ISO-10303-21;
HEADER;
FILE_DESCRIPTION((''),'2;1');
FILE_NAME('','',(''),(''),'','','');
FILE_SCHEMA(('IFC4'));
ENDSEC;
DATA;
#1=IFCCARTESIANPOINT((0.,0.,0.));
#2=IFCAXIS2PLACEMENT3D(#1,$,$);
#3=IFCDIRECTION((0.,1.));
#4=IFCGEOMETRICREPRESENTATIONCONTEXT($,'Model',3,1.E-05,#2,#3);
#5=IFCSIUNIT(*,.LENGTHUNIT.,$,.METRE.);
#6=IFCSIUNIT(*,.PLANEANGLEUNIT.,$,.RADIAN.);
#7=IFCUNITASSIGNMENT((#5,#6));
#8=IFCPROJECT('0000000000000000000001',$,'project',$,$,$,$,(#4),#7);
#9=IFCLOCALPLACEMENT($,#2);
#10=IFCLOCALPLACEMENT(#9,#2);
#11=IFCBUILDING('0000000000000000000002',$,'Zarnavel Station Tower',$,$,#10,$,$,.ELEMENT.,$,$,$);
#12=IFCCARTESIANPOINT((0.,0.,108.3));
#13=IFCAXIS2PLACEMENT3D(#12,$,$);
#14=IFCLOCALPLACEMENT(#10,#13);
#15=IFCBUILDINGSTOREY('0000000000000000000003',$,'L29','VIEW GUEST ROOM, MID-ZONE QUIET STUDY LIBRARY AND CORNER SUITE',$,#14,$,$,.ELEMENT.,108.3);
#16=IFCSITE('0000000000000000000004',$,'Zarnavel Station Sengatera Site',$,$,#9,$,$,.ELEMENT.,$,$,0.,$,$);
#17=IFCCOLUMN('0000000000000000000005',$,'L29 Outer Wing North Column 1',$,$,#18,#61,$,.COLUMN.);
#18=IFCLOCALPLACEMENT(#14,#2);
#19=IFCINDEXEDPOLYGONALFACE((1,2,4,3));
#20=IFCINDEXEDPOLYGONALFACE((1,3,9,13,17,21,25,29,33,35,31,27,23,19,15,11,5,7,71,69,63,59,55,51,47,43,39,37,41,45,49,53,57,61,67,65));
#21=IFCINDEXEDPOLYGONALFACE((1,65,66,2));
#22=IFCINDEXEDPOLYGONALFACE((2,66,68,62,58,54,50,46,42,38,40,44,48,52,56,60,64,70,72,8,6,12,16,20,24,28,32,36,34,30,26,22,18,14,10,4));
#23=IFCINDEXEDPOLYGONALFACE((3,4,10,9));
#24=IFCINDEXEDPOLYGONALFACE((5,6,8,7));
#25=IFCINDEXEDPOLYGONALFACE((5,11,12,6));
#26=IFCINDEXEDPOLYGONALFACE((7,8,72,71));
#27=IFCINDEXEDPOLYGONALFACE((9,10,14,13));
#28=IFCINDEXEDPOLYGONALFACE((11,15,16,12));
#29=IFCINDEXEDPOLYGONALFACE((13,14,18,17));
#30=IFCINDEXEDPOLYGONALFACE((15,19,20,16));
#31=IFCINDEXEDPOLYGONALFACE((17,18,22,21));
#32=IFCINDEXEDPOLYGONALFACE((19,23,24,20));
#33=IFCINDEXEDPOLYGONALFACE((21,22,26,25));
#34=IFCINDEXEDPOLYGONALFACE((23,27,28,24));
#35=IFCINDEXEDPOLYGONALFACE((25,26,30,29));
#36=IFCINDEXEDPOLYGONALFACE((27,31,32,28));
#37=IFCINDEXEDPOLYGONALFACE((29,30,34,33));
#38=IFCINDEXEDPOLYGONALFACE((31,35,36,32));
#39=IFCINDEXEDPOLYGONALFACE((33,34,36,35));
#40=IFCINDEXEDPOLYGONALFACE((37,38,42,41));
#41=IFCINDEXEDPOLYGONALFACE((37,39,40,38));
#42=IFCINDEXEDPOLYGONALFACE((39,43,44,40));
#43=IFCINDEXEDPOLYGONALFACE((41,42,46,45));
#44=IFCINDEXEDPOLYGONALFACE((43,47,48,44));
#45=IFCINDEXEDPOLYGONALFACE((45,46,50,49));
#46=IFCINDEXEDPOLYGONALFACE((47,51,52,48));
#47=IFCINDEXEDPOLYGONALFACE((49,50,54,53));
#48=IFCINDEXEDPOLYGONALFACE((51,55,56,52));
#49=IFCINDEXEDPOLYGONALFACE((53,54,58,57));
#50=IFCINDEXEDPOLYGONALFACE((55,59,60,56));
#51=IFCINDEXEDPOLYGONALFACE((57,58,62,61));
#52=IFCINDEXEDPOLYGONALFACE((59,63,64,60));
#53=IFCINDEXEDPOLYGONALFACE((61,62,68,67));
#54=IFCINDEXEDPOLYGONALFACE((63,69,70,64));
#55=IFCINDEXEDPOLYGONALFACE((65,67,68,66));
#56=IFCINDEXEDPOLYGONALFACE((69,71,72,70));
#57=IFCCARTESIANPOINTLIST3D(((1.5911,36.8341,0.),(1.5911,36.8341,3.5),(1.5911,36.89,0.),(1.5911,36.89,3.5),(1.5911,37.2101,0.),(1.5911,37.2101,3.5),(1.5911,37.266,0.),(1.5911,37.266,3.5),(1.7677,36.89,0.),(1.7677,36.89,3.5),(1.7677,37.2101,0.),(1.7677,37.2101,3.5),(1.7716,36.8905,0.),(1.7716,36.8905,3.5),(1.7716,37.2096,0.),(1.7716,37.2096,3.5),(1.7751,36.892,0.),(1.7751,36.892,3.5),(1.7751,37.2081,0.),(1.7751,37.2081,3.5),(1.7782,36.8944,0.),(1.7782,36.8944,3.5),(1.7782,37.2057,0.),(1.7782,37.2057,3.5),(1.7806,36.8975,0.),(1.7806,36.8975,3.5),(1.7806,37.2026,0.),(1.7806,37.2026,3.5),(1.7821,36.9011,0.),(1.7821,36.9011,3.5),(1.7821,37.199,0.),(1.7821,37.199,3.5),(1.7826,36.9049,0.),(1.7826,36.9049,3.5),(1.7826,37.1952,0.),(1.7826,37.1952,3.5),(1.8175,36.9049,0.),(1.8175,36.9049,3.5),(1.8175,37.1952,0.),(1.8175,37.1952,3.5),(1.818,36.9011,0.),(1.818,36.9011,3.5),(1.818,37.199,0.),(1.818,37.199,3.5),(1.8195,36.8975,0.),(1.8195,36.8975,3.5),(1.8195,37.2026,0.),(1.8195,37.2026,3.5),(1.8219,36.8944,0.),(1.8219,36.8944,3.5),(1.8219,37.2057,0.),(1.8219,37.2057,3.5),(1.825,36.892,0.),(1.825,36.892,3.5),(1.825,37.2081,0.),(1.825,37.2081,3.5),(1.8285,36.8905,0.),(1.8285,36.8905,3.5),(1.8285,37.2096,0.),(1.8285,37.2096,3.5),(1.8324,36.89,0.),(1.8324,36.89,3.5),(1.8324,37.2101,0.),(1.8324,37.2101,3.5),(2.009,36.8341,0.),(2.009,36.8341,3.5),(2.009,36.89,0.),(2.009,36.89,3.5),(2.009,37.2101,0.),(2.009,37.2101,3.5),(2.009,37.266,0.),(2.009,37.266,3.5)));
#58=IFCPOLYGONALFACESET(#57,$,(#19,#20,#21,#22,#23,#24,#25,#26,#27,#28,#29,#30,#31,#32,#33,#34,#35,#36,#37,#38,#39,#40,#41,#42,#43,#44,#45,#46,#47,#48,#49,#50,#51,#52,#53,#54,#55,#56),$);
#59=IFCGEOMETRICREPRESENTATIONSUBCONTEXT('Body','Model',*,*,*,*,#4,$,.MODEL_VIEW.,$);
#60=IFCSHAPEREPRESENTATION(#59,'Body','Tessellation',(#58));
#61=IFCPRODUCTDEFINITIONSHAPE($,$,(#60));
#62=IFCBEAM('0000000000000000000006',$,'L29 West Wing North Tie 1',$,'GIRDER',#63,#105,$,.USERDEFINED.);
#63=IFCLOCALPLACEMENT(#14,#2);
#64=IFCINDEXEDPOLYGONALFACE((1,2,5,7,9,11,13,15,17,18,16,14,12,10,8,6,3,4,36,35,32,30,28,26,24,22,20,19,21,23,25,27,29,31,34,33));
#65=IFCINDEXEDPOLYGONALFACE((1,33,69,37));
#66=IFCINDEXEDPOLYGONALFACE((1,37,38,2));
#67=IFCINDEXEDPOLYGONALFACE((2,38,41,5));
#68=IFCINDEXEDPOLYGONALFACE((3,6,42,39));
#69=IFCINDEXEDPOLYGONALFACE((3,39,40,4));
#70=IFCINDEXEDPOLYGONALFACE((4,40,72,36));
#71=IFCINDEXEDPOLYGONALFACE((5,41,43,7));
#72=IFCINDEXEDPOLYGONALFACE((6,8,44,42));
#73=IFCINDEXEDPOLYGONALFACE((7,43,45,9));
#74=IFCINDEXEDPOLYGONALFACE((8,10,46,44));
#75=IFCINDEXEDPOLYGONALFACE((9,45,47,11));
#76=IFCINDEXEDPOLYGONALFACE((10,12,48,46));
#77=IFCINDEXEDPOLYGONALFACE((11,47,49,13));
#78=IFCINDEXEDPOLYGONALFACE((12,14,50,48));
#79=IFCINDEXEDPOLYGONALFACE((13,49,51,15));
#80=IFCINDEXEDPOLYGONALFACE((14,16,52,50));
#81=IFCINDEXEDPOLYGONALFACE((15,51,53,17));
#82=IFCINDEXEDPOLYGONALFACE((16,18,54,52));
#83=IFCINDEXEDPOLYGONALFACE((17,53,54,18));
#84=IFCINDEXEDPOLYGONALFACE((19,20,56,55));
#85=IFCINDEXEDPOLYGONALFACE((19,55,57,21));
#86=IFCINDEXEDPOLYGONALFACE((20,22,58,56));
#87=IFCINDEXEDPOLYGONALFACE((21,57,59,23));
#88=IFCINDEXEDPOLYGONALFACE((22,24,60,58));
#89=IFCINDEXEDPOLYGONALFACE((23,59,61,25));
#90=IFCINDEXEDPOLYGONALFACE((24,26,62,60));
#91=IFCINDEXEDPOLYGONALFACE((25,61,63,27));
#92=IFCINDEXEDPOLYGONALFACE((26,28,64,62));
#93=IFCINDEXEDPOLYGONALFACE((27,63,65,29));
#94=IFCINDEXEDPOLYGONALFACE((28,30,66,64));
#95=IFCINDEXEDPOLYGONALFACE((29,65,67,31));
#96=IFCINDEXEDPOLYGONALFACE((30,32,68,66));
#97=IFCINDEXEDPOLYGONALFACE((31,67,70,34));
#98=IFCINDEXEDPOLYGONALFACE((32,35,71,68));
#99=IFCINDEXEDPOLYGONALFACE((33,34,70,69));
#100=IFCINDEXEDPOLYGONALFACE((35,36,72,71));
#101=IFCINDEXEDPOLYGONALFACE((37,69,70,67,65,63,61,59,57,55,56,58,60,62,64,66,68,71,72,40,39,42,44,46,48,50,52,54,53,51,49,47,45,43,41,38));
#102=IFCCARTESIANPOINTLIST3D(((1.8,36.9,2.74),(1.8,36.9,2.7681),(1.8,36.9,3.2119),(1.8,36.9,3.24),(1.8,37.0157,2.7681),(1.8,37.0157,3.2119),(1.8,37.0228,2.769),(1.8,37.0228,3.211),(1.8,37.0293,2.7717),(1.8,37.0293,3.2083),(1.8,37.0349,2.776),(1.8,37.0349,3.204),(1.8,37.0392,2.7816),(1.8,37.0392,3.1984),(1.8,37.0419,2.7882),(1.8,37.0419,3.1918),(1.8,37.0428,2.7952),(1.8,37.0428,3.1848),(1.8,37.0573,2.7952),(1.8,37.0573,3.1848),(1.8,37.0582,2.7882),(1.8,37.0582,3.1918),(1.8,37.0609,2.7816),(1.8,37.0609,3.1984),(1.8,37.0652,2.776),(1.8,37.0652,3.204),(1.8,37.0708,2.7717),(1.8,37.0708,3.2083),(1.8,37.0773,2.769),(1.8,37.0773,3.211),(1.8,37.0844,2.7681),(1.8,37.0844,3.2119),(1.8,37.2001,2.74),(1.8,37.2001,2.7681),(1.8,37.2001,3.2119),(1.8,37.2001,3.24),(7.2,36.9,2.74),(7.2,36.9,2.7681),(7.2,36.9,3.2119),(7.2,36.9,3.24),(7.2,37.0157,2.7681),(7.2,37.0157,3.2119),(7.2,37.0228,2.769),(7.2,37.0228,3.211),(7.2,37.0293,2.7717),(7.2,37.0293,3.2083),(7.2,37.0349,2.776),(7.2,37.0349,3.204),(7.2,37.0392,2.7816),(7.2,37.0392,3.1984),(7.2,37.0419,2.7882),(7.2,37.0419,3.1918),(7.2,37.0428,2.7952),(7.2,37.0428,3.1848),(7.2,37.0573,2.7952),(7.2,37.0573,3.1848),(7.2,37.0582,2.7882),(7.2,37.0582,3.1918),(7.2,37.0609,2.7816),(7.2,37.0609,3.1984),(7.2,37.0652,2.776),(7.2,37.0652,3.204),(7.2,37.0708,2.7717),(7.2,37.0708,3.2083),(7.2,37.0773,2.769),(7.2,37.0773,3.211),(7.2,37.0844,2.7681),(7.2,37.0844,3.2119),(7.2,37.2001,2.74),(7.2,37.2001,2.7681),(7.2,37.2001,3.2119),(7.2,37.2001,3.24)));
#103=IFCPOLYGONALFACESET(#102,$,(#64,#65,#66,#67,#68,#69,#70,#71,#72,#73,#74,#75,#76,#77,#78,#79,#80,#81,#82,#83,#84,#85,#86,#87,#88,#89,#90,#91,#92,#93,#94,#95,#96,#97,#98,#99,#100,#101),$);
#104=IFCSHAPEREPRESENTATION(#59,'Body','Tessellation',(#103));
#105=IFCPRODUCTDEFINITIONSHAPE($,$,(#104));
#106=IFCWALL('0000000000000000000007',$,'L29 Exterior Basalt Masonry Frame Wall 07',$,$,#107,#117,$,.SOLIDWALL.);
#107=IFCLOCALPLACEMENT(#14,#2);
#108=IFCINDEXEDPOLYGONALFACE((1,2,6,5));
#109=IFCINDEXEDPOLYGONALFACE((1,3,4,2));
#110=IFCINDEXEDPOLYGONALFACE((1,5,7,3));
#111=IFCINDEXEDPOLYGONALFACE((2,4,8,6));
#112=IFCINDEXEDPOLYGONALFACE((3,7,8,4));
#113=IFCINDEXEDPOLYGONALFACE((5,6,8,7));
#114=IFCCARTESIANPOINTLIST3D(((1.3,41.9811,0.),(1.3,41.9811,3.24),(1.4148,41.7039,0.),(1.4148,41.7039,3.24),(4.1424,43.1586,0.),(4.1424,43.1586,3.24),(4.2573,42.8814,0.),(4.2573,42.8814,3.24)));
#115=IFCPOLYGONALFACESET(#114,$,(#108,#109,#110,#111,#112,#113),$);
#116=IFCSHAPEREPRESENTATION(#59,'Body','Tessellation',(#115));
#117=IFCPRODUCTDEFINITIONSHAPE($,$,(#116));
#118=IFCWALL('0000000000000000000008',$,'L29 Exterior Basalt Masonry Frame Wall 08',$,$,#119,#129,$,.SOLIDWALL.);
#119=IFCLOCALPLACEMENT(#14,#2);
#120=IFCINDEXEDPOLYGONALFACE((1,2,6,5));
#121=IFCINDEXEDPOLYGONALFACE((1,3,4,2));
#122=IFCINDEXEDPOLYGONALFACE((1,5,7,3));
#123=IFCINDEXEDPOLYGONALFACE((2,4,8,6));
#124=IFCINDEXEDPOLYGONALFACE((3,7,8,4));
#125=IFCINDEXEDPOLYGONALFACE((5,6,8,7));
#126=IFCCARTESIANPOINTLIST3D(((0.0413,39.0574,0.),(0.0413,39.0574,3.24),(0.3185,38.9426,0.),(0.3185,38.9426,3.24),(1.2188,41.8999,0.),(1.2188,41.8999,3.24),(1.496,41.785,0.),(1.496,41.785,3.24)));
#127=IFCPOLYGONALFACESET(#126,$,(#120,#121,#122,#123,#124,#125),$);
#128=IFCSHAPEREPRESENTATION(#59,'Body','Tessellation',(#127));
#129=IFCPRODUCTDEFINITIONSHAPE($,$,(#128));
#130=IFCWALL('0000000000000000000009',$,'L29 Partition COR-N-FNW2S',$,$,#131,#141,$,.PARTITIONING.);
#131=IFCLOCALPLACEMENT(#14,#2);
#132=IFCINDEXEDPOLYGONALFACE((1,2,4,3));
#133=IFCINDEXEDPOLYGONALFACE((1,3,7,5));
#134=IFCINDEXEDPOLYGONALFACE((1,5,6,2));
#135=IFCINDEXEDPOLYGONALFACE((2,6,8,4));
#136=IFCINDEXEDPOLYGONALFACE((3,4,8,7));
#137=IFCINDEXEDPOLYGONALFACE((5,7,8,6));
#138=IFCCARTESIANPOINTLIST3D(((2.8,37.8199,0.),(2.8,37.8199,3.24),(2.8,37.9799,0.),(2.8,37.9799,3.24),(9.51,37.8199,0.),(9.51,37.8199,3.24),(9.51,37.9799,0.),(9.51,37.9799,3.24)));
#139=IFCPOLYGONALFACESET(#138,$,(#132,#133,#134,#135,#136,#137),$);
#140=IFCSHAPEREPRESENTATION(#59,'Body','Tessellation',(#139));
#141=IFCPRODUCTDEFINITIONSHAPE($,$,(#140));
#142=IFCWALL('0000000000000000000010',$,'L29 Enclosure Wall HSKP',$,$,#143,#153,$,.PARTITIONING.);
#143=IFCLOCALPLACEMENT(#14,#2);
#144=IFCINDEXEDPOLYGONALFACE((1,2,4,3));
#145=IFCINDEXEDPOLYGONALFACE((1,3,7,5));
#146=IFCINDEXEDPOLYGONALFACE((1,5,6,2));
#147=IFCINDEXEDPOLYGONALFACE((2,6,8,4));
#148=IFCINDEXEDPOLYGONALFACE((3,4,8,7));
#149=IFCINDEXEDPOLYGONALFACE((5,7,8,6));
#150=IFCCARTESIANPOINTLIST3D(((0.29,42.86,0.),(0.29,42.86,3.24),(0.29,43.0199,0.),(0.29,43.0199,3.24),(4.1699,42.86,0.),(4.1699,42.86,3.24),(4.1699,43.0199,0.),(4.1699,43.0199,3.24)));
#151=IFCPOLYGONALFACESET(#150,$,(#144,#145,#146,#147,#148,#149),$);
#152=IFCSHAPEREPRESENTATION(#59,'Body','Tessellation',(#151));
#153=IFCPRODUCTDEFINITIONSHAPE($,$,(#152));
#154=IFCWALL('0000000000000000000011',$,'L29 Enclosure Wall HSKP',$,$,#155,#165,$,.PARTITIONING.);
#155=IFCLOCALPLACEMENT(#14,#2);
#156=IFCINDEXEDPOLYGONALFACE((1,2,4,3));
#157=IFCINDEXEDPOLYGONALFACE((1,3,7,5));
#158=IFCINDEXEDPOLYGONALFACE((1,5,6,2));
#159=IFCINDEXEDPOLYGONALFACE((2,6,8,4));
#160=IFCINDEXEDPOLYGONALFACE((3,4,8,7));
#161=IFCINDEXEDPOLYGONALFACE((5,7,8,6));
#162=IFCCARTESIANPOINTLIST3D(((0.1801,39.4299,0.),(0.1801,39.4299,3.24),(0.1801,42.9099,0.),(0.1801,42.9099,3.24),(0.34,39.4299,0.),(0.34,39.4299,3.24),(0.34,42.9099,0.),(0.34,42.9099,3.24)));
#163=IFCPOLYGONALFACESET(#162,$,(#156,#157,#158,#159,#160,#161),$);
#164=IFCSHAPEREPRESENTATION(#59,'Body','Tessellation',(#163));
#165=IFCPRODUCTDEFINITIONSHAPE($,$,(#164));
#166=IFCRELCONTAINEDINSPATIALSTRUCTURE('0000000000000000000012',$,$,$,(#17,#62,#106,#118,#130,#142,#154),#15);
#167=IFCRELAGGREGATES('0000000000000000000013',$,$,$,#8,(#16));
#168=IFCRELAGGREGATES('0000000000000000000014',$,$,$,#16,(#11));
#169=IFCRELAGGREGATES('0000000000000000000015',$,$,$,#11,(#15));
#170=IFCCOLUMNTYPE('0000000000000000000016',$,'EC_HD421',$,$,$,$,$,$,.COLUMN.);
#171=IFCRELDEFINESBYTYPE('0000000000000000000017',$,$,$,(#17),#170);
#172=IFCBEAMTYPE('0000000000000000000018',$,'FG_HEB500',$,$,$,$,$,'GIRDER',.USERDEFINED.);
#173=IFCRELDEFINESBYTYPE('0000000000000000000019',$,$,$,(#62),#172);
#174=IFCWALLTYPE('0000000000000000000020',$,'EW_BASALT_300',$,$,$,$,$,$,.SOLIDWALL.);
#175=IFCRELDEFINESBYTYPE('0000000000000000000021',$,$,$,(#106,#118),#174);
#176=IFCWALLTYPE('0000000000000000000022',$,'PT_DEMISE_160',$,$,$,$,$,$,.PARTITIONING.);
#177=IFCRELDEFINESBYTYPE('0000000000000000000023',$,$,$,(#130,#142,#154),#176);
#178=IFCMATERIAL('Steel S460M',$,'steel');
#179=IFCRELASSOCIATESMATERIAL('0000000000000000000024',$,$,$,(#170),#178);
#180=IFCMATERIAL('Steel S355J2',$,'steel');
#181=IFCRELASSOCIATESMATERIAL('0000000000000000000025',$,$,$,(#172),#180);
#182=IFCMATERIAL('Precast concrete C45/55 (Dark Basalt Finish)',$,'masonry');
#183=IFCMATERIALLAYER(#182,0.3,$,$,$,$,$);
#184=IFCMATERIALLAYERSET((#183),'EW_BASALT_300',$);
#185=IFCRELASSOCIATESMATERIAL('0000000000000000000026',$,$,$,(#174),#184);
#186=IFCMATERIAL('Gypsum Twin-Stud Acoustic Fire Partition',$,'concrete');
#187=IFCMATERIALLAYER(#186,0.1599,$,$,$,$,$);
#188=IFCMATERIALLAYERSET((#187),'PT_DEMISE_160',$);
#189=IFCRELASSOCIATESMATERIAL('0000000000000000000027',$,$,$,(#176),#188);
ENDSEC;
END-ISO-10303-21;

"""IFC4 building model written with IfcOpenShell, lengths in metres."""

from ifc_helpers import new_model, si_unit, direction, frame, frame_2d, origin, origin_2d, place, context, subcontext, project, spatial, rectangle, i_section, extrude, material, layer, layer_set, material_profile, profile_set, type_object, element, save


model = new_model("IFC4")

# Units and contexts
model_context = context("Model", 3, precision=1e-05, world=origin(), true_north=direction((0.0, 1.0)))
body_context = subcontext(model_context, "Body", "Model", "MODEL_VIEW")
ifc_project = project(units=[si_unit("LENGTHUNIT", "METRE"), si_unit("PLANEANGLEUNIT", "RADIAN")], contexts=[model_context])

# Site, building, storey
site_placement = place(None, origin())
site = spatial("IfcSite", under=ifc_project, at=site_placement, Name="Zarnavel Station Sengatera Site", CompositionType="ELEMENT", RefElevation=0.0)
building_placement = place(site_placement, origin())
building = spatial("IfcBuilding", under=site, at=building_placement, Name="Zarnavel Station Tower", CompositionType="ELEMENT")
storey_placement = place(building_placement, frame((0.0, 0.0, 108.3)))
storey = spatial("IfcBuildingStorey", under=building, at=storey_placement, Name="L29", Description="VIEW GUEST ROOM, MID-ZONE QUIET STUDY LIBRARY AND CORNER SUITE", CompositionType="ELEMENT", Elevation=108.3)

# Column
ifc_material_1 = material(Name="Steel S460M", Category="steel")
ifc_material_profile_1 = material_profile(ifc_material_1, i_section(OverallWidth=0.418, OverallDepth=0.4319, WebThickness=0.0349, FlangeThickness=0.0559, FilletRadius=0.0149, at=origin_2d()), Name="HD400x421")
ifc_profile_set_1 = profile_set([ifc_material_profile_1], Name="Steel S460M")
column_type = type_object("IfcColumnType", Name="EC_HD421", PredefinedType="COLUMN", material=ifc_profile_set_1)
column_placement = place(storey_placement, frame((1.8, 37.05, 0.0), z_axis=(0.0, 0.0, 1.0), x_axis=(1.0, 0.0, 0.0)))
element("IfcColumn", 1, at=column_placement, inside=storey, type_object=column_type, Name="L29 Outer Wing North Column 1", PredefinedType="COLUMN", context=body_context, shape_type="SweptSolid", body=[
    extrude(i_section(OverallWidth=0.418, OverallDepth=0.4319, WebThickness=0.0349, FlangeThickness=0.0559, FilletRadius=0.0149, at=origin_2d()), origin(), (0.0, 0.0, 1.0), 3.5),
])

# Beam
ifc_material_2 = material(Name="Steel S355J2", Category="steel")
ifc_material_profile_2 = material_profile(ifc_material_2, i_section(OverallWidth=0.3, OverallDepth=0.5, WebThickness=0.0144, FlangeThickness=0.0281, FilletRadius=0.0271, at=origin_2d()), Name="HEB500")
ifc_profile_set_2 = profile_set([ifc_material_profile_2], Name="Steel S355J2")
beam_type = type_object("IfcBeamType", Name="FG_HEB500", ElementType="GIRDER", PredefinedType="USERDEFINED", material=ifc_profile_set_2)
beam_placement = place(storey_placement, frame((1.8, 37.05, 2.99), z_axis=(1.0, 0.0, 0.0), x_axis=(0.0, 1.0, 0.0)))
element("IfcBeam", 2, at=beam_placement, inside=storey, type_object=beam_type, Name="L29 West Wing North Tie 1", ObjectType="GIRDER", PredefinedType="USERDEFINED", context=body_context, shape_type="SweptSolid", body=[
    extrude(i_section(OverallWidth=0.3, OverallDepth=0.5, WebThickness=0.0144, FlangeThickness=0.0281, FilletRadius=0.0271, at=origin_2d()), origin(), (0.0, 0.0, 1.0), 5.3999),
])

# Walls
ifc_material_3 = material(Name="Precast concrete C45/55 (Dark Basalt Finish)", Category="masonry")
ifc_layer_1 = layer(ifc_material_3, 0.3)
ifc_layer_set_1 = layer_set([ifc_layer_1], Name="EW_BASALT_300")
wall_type_1 = type_object("IfcWallType", Name="EW_BASALT_300", PredefinedType="SOLIDWALL", material=ifc_layer_set_1)
for number, where, z_axis, x_axis, name in (
    (3, (1.3574, 41.8425, 0.0), (0.0, 0.0, 1.0), (0.923871, 0.382705, 0.0), "L29 Exterior Basalt Masonry Frame Wall 07"),
    (4, (0.1799, 39.0, 0.0), (0.0, 0.0, 1.0), (0.382705, 0.923871, 0.0), "L29 Exterior Basalt Masonry Frame Wall 08"),
):
    element("IfcWall", number, at=place(storey_placement, frame(where, z_axis=z_axis, x_axis=x_axis)), inside=storey, type_object=wall_type_1, Name=name, PredefinedType="SOLIDWALL", context=body_context, shape_type="SweptSolid", body=[
        extrude(rectangle(XDim=3.0767, YDim=0.3, at=frame_2d((1.5383, 0.0))), origin(), (0.0, 0.0, 1.0), 3.24),
    ])
ifc_material_4 = material(Name="Gypsum Twin-Stud Acoustic Fire Partition", Category="concrete")
ifc_layer_2 = layer(ifc_material_4, 0.1599)
ifc_layer_set_2 = layer_set([ifc_layer_2], Name="PT_DEMISE_160")
wall_type_2 = type_object("IfcWallType", Name="PT_DEMISE_160", PredefinedType="PARTITIONING", material=ifc_layer_set_2)
wall_1_placement = place(storey_placement, frame((2.8, 37.8999, 0.0), z_axis=(0.0, 0.0, 1.0), x_axis=(1.0, 0.0, 0.0)))
element("IfcWall", 5, at=wall_1_placement, inside=storey, type_object=wall_type_2, Name="L29 Partition COR-N-FNW2S", PredefinedType="PARTITIONING", context=body_context, shape_type="SweptSolid", body=[
    extrude(rectangle(XDim=6.71, YDim=0.1599, at=frame_2d((3.355, 0.0))), origin(), (0.0, 0.0, 1.0), 3.24),
])
wall_2_placement = place(storey_placement, frame((0.29, 42.9399, 0.0), z_axis=(0.0, 0.0, 1.0), x_axis=(1.0, 0.0, 0.0)))
element("IfcWall", 6, at=wall_2_placement, inside=storey, type_object=wall_type_2, Name="L29 Enclosure Wall HSKP", PredefinedType="PARTITIONING", context=body_context, shape_type="SweptSolid", body=[
    extrude(rectangle(XDim=3.8799, YDim=0.1599, at=frame_2d((1.9399, 0.0))), origin(), (0.0, 0.0, 1.0), 3.24),
])
wall_3_placement = place(storey_placement, frame((0.26, 39.4299, 0.0), z_axis=(0.0, 0.0, 1.0), x_axis=(0.0, 1.0, 0.0)))
element("IfcWall", 7, at=wall_3_placement, inside=storey, type_object=wall_type_2, Name="L29 Enclosure Wall HSKP", PredefinedType="PARTITIONING", context=body_context, shape_type="SweptSolid", body=[
    extrude(rectangle(XDim=3.48, YDim=0.1599, at=frame_2d((1.74, 0.0))), origin(), (0.0, 0.0, 1.0), 3.24),
])

save(model, "model.ifc")
